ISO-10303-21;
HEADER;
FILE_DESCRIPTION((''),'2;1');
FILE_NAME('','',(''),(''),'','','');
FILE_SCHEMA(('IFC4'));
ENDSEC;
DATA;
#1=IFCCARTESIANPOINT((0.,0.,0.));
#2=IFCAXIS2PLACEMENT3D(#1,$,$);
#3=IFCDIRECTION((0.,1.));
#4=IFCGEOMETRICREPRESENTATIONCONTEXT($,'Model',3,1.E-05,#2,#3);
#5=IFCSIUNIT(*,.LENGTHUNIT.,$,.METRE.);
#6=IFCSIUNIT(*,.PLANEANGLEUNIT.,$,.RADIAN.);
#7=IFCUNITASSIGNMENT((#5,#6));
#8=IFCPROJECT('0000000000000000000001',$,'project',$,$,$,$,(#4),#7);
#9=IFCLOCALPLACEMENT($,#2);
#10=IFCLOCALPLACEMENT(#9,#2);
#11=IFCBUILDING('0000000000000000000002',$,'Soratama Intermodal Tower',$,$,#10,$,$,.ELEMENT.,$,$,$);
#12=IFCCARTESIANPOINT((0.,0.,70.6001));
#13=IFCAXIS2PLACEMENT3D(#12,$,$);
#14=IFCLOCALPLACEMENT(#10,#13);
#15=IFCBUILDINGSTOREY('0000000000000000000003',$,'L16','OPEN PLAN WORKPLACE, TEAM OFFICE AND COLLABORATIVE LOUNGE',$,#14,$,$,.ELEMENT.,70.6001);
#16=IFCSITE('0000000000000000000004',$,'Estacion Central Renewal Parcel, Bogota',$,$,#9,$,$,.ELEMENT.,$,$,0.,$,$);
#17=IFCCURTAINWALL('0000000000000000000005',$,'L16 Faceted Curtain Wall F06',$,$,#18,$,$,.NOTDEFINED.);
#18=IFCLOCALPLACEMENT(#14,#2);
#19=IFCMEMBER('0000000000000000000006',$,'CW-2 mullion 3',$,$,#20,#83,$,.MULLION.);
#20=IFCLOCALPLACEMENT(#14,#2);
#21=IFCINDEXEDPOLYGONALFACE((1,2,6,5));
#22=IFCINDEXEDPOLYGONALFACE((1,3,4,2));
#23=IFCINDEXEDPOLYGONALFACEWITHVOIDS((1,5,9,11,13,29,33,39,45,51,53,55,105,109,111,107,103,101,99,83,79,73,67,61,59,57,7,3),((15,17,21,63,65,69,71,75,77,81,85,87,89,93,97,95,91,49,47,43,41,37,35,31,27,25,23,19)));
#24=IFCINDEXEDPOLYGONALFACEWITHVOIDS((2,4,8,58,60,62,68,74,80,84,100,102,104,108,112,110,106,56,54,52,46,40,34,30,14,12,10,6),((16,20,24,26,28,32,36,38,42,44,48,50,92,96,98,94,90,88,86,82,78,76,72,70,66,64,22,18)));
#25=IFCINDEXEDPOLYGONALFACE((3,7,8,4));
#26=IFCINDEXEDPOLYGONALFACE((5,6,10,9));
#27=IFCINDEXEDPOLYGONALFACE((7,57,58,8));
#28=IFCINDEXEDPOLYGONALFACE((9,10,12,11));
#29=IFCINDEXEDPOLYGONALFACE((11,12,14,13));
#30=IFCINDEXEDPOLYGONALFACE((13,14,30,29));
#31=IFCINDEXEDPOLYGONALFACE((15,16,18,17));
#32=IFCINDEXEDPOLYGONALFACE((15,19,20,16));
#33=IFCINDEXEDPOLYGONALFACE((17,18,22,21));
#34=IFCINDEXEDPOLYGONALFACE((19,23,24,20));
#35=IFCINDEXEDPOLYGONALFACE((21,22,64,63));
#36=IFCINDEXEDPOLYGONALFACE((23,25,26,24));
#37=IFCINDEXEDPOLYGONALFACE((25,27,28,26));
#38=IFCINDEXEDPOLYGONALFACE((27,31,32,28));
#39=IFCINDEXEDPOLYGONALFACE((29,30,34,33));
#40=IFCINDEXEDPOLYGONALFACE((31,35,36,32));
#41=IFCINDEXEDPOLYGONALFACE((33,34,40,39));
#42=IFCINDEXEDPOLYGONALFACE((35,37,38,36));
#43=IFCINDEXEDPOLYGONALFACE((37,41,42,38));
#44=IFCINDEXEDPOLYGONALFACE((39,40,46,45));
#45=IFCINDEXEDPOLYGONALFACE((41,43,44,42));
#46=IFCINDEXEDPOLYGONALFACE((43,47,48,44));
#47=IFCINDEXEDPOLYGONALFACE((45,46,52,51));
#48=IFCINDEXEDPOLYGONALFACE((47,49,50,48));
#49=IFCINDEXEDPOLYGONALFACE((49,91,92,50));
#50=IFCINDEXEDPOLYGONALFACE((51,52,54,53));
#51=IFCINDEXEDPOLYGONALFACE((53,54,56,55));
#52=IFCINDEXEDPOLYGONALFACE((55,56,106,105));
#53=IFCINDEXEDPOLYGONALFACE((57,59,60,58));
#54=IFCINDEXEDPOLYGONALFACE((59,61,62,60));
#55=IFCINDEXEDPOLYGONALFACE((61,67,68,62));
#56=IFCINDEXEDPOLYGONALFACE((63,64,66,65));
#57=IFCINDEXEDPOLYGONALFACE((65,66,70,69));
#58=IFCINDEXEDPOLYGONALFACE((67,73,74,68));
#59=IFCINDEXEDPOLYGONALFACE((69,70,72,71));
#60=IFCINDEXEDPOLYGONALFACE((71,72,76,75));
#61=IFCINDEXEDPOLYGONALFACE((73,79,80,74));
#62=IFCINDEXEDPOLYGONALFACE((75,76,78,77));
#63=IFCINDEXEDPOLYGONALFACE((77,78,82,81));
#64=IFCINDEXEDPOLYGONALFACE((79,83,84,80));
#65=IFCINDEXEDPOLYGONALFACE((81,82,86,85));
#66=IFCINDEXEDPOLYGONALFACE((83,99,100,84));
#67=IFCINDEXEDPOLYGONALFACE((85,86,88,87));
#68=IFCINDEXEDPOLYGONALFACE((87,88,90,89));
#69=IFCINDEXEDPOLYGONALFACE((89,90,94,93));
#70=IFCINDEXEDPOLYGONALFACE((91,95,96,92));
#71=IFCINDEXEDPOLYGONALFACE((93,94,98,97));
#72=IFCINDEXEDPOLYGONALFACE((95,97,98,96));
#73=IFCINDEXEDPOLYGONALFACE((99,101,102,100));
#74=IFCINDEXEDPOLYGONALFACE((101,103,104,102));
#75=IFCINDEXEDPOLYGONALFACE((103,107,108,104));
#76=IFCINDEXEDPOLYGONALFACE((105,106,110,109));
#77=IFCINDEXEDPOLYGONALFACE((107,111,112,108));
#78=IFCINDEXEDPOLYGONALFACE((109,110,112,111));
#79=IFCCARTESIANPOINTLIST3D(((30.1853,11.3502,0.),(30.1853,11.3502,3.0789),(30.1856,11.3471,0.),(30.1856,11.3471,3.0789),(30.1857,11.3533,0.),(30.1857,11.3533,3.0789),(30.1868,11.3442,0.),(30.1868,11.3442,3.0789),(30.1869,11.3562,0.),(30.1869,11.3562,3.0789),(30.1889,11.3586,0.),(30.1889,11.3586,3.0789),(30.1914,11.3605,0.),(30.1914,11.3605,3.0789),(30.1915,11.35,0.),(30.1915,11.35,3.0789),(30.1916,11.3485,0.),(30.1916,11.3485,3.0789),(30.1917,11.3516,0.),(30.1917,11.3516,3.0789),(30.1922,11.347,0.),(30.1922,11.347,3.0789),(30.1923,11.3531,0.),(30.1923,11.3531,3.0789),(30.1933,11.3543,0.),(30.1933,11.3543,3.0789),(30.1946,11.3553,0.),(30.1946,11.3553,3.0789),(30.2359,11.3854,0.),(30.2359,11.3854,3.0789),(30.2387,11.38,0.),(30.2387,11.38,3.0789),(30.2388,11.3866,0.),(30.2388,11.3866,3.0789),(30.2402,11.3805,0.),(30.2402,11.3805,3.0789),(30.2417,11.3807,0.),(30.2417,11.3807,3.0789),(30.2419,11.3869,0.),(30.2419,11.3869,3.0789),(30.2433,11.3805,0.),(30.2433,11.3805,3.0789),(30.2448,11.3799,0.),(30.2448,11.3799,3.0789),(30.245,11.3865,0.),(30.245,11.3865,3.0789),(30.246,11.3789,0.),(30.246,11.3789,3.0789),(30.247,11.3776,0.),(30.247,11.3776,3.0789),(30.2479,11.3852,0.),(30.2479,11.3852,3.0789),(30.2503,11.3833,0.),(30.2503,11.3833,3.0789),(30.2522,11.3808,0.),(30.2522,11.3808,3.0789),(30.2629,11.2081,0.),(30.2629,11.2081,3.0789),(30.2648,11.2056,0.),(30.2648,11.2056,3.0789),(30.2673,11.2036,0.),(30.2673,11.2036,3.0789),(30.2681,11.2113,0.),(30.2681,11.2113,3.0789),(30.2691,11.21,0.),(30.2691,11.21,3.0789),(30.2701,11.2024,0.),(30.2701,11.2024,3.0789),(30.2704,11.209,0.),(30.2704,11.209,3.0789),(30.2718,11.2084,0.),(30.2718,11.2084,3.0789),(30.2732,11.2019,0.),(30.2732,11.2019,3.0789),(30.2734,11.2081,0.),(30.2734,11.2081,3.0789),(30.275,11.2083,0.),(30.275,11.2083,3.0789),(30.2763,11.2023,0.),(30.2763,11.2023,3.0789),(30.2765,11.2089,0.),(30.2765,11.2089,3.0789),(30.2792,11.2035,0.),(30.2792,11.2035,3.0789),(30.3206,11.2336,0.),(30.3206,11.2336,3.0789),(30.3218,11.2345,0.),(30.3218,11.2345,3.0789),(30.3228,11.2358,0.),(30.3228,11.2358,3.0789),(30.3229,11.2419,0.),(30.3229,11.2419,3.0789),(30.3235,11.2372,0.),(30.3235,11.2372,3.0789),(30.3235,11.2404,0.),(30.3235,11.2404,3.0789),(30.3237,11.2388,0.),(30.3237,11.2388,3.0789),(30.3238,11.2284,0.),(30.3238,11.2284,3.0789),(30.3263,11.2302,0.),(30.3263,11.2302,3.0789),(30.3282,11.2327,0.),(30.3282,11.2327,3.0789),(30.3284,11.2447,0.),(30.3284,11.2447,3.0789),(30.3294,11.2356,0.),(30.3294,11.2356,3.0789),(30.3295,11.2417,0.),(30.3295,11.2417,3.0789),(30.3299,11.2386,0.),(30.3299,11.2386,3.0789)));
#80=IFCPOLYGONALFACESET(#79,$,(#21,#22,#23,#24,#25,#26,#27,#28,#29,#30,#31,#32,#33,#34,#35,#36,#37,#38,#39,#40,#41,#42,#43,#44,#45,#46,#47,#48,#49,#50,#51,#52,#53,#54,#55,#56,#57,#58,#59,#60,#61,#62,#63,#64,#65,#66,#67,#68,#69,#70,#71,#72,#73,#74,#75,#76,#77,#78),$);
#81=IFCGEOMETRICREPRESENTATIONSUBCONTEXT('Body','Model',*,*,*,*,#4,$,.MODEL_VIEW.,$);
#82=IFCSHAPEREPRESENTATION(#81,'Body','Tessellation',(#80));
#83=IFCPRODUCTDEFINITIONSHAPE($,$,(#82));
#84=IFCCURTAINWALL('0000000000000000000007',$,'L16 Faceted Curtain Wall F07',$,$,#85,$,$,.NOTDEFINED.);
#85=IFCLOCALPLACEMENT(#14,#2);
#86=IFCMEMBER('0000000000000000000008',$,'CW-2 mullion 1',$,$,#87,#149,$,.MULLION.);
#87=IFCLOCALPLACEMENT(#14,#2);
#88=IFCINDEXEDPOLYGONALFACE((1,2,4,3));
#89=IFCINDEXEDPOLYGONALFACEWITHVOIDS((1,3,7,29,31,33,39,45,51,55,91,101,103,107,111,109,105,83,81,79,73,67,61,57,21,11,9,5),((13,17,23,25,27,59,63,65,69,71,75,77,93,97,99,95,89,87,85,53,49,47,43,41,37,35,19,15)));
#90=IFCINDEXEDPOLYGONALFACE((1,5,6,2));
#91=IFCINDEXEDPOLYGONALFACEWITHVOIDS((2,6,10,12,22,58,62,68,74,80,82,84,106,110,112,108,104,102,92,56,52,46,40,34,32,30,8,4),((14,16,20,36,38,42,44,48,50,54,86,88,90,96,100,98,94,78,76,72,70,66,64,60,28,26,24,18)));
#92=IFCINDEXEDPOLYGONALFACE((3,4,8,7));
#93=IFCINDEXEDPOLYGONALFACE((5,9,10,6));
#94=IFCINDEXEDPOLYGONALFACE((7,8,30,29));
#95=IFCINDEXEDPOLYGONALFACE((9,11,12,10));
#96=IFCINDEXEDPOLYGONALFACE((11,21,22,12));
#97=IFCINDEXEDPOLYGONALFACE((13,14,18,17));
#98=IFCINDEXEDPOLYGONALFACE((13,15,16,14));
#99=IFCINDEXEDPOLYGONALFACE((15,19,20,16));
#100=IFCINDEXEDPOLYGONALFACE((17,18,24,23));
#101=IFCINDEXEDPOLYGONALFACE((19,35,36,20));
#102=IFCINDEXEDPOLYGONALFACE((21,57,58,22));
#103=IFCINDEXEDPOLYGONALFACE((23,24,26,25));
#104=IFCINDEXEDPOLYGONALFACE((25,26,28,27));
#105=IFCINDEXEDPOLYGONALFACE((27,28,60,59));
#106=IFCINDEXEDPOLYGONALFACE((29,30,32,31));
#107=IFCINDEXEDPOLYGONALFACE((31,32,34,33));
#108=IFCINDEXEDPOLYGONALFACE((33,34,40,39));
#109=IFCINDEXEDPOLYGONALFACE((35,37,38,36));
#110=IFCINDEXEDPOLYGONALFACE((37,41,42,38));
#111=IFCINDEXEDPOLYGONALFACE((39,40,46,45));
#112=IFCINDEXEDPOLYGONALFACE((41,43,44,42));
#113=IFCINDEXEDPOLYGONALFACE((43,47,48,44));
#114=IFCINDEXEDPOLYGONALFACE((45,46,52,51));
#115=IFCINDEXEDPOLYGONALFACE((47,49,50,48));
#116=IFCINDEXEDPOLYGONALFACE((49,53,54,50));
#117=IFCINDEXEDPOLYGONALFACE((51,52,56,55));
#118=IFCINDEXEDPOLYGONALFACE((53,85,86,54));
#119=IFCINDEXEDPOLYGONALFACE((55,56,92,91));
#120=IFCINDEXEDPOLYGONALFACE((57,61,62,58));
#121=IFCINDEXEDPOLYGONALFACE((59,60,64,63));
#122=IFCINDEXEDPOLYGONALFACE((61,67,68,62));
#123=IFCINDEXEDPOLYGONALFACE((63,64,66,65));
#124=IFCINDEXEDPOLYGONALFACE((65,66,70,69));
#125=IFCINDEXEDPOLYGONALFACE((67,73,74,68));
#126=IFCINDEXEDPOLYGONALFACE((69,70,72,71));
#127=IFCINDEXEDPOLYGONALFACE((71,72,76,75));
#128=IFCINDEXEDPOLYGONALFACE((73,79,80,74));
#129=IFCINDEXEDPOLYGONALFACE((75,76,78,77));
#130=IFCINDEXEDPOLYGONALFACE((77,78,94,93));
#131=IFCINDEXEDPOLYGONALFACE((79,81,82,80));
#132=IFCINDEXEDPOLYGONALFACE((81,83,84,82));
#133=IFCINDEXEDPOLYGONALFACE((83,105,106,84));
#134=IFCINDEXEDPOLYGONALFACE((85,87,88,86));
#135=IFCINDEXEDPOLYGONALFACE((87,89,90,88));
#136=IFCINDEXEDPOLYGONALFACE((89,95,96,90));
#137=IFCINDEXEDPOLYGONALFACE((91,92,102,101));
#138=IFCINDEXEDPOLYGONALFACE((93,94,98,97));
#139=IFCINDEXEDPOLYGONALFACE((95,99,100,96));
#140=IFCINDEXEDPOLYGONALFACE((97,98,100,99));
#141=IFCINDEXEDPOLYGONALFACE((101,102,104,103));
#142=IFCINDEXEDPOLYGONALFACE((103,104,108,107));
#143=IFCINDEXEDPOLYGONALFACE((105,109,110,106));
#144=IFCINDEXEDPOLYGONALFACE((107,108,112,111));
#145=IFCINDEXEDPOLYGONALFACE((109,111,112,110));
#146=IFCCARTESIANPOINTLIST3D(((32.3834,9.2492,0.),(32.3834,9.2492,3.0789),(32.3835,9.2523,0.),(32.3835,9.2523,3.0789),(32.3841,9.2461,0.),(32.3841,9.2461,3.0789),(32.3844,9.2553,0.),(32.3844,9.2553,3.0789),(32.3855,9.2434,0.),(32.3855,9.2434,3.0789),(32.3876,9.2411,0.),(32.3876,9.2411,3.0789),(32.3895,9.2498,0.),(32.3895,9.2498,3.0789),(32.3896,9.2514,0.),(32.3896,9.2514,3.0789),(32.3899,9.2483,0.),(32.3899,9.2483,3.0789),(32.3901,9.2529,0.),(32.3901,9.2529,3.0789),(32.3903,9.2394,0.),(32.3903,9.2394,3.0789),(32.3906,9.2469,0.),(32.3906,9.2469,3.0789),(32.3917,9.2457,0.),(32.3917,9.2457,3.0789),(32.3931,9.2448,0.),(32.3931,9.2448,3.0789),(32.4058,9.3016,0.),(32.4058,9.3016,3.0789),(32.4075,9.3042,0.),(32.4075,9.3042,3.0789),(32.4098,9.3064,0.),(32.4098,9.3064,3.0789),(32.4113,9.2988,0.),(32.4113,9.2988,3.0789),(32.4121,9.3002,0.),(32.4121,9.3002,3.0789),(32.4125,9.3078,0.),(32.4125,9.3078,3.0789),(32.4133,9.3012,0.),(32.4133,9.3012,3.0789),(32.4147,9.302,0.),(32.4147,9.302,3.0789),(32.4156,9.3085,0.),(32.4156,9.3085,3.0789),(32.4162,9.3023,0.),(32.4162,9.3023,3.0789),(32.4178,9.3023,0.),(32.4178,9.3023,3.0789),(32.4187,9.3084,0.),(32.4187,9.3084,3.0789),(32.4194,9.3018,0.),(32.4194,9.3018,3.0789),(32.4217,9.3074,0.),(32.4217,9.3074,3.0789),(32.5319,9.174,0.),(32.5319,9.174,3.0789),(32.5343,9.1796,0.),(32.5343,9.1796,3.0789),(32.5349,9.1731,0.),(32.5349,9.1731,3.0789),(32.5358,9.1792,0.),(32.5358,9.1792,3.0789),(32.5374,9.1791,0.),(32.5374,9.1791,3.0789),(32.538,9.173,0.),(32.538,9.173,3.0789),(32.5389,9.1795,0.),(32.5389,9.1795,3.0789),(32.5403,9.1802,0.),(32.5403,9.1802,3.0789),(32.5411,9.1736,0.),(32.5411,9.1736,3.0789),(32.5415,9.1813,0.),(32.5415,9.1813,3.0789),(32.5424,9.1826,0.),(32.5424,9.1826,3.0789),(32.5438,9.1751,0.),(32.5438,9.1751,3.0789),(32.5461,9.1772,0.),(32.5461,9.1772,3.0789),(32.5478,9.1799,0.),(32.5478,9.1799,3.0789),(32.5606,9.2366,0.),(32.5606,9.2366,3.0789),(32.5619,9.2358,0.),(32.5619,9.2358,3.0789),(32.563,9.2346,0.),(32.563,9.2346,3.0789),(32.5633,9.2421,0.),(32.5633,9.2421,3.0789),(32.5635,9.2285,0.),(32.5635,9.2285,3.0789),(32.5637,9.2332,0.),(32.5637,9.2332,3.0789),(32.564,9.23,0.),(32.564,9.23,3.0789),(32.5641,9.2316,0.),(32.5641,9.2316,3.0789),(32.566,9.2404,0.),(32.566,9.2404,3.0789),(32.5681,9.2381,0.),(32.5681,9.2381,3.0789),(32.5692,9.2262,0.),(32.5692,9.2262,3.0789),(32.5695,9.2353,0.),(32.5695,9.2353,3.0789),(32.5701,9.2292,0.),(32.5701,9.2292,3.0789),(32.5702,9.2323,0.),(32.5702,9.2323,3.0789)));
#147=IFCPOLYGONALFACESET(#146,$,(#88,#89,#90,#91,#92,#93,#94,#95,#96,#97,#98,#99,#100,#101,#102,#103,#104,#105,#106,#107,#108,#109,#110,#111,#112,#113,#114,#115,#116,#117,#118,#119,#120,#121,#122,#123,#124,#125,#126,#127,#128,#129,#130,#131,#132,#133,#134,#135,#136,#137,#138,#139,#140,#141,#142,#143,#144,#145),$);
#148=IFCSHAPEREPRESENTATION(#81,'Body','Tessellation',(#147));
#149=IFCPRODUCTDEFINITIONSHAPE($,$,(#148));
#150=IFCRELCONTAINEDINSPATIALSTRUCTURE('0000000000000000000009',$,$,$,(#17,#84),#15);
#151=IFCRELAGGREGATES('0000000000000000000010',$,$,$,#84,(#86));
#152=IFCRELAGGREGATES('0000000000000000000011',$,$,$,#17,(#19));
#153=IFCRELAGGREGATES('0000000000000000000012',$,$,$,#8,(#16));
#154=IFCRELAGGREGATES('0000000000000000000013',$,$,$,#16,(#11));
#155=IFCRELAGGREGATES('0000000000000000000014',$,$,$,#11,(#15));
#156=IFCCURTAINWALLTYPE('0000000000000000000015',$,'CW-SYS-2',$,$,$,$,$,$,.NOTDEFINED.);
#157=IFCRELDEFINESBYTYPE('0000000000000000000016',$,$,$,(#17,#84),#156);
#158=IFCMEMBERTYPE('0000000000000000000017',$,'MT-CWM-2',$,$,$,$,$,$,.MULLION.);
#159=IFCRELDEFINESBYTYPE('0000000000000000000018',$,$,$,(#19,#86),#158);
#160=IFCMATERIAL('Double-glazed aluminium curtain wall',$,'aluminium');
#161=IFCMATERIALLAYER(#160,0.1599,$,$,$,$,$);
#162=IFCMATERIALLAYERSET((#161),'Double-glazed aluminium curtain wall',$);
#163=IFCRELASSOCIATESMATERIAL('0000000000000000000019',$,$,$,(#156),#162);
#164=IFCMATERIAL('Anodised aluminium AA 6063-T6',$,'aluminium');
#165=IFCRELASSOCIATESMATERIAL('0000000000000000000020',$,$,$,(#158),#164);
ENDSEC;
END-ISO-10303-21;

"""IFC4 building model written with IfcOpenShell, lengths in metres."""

from ifc_helpers import new_model, si_unit, direction, frame, origin, origin_2d, place, context, subcontext, project, spatial, hollow_rectangle, extrude, material, layer, layer_set, material_profile, profile_set, type_object, element, aggregate, save


model = new_model("IFC4")

# Units and contexts
model_context = context("Model", 3, precision=1e-05, world=origin(), true_north=direction((0.0, 1.0)))
body_context = subcontext(model_context, "Body", "Model", "MODEL_VIEW")
ifc_project = project(units=[si_unit("LENGTHUNIT", "METRE"), si_unit("PLANEANGLEUNIT", "RADIAN")], contexts=[model_context])

# Site, building, storey
site_placement = place(None, origin())
site = spatial("IfcSite", under=ifc_project, at=site_placement, Name="Estacion Central Renewal Parcel, Bogota", CompositionType="ELEMENT", RefElevation=0.0)
building_placement = place(site_placement, origin())
building = spatial("IfcBuilding", under=site, at=building_placement, Name="Soratama Intermodal Tower", CompositionType="ELEMENT")
storey_placement = place(building_placement, frame((0.0, 0.0, 70.6001)))
storey = spatial("IfcBuildingStorey", under=building, at=storey_placement, Name="L16", Description="OPEN PLAN WORKPLACE, TEAM OFFICE AND COLLABORATIVE LOUNGE", CompositionType="ELEMENT", Elevation=70.6001)

# Curtain wall, member
ifc_material_1 = material(Name="Double-glazed aluminium curtain wall", Category="aluminium")
ifc_layer_1 = layer(ifc_material_1, 0.1599)
ifc_layer_set_1 = layer_set([ifc_layer_1], Name="Double-glazed aluminium curtain wall")
curtain_wall_type = type_object("IfcCurtainWallType", Name="CW-SYS-2", PredefinedType="NOTDEFINED", material=ifc_layer_set_1)
curtain_wall_1_placement = place(storey_placement, origin())
curtain_wall_1 = element("IfcCurtainWall", 1, at=curtain_wall_1_placement, inside=storey, type_object=curtain_wall_type, Name="L16 Faceted Curtain Wall F06", PredefinedType="NOTDEFINED")
ifc_material_2 = material(Name="Anodised aluminium AA 6063-T6", Category="aluminium")
ifc_material_profile_1 = material_profile(ifc_material_2, hollow_rectangle(XDim=0.075, YDim=0.1799, WallThickness=0.0061, InnerFilletRadius=0.0061, OuterFilletRadius=0.012, at=origin_2d()), Name="CWM180X75X6")
ifc_profile_set_1 = profile_set([ifc_material_profile_1], Name="Anodised aluminium AA 6063-T6")
member_type_1 = type_object("IfcMemberType", Name="MT-CWM-2", PredefinedType="MULLION", material=ifc_profile_set_1)
member_1_placement = place(storey_placement, frame((30.2576, 11.2944, 0.0), z_axis=(0.0, 0.0, 1.0), x_axis=(0.872756, 0.488157, 0.0)))
member_1 = element("IfcMember", 2, at=member_1_placement, type_object=member_type_1, Name="CW-2 mullion 3", PredefinedType="MULLION", context=body_context, shape_type="SweptSolid", body=[
    extrude(hollow_rectangle(XDim=0.075, YDim=0.1799, WallThickness=0.0061, InnerFilletRadius=0.0061, OuterFilletRadius=0.012, at=origin_2d()), origin(), (0.0, 0.0, 1.0), 3.0789),
])

# Curtain wall, member
curtain_wall_2_placement = place(storey_placement, origin())
curtain_wall_2 = element("IfcCurtainWall", 3, at=curtain_wall_2_placement, inside=storey, type_object=curtain_wall_type, Name="L16 Faceted Curtain Wall F07", PredefinedType="NOTDEFINED")
member_2_placement = place(storey_placement, frame((32.4768, 9.2407, 0.0), z_axis=(0.0, 0.0, 1.0), x_axis=(0.419138, 0.907923, 0.0)))
member_2 = element("IfcMember", 4, at=member_2_placement, type_object=member_type_1, Name="CW-2 mullion 1", PredefinedType="MULLION", context=body_context, shape_type="SweptSolid", body=[
    extrude(hollow_rectangle(XDim=0.075, YDim=0.1799, WallThickness=0.0061, InnerFilletRadius=0.0061, OuterFilletRadius=0.012, at=origin_2d()), origin(), (0.0, 0.0, 1.0), 3.0789),
])

aggregate(curtain_wall_2, [member_2])

aggregate(curtain_wall_1, [member_1])

save(model, "model.ifc")
